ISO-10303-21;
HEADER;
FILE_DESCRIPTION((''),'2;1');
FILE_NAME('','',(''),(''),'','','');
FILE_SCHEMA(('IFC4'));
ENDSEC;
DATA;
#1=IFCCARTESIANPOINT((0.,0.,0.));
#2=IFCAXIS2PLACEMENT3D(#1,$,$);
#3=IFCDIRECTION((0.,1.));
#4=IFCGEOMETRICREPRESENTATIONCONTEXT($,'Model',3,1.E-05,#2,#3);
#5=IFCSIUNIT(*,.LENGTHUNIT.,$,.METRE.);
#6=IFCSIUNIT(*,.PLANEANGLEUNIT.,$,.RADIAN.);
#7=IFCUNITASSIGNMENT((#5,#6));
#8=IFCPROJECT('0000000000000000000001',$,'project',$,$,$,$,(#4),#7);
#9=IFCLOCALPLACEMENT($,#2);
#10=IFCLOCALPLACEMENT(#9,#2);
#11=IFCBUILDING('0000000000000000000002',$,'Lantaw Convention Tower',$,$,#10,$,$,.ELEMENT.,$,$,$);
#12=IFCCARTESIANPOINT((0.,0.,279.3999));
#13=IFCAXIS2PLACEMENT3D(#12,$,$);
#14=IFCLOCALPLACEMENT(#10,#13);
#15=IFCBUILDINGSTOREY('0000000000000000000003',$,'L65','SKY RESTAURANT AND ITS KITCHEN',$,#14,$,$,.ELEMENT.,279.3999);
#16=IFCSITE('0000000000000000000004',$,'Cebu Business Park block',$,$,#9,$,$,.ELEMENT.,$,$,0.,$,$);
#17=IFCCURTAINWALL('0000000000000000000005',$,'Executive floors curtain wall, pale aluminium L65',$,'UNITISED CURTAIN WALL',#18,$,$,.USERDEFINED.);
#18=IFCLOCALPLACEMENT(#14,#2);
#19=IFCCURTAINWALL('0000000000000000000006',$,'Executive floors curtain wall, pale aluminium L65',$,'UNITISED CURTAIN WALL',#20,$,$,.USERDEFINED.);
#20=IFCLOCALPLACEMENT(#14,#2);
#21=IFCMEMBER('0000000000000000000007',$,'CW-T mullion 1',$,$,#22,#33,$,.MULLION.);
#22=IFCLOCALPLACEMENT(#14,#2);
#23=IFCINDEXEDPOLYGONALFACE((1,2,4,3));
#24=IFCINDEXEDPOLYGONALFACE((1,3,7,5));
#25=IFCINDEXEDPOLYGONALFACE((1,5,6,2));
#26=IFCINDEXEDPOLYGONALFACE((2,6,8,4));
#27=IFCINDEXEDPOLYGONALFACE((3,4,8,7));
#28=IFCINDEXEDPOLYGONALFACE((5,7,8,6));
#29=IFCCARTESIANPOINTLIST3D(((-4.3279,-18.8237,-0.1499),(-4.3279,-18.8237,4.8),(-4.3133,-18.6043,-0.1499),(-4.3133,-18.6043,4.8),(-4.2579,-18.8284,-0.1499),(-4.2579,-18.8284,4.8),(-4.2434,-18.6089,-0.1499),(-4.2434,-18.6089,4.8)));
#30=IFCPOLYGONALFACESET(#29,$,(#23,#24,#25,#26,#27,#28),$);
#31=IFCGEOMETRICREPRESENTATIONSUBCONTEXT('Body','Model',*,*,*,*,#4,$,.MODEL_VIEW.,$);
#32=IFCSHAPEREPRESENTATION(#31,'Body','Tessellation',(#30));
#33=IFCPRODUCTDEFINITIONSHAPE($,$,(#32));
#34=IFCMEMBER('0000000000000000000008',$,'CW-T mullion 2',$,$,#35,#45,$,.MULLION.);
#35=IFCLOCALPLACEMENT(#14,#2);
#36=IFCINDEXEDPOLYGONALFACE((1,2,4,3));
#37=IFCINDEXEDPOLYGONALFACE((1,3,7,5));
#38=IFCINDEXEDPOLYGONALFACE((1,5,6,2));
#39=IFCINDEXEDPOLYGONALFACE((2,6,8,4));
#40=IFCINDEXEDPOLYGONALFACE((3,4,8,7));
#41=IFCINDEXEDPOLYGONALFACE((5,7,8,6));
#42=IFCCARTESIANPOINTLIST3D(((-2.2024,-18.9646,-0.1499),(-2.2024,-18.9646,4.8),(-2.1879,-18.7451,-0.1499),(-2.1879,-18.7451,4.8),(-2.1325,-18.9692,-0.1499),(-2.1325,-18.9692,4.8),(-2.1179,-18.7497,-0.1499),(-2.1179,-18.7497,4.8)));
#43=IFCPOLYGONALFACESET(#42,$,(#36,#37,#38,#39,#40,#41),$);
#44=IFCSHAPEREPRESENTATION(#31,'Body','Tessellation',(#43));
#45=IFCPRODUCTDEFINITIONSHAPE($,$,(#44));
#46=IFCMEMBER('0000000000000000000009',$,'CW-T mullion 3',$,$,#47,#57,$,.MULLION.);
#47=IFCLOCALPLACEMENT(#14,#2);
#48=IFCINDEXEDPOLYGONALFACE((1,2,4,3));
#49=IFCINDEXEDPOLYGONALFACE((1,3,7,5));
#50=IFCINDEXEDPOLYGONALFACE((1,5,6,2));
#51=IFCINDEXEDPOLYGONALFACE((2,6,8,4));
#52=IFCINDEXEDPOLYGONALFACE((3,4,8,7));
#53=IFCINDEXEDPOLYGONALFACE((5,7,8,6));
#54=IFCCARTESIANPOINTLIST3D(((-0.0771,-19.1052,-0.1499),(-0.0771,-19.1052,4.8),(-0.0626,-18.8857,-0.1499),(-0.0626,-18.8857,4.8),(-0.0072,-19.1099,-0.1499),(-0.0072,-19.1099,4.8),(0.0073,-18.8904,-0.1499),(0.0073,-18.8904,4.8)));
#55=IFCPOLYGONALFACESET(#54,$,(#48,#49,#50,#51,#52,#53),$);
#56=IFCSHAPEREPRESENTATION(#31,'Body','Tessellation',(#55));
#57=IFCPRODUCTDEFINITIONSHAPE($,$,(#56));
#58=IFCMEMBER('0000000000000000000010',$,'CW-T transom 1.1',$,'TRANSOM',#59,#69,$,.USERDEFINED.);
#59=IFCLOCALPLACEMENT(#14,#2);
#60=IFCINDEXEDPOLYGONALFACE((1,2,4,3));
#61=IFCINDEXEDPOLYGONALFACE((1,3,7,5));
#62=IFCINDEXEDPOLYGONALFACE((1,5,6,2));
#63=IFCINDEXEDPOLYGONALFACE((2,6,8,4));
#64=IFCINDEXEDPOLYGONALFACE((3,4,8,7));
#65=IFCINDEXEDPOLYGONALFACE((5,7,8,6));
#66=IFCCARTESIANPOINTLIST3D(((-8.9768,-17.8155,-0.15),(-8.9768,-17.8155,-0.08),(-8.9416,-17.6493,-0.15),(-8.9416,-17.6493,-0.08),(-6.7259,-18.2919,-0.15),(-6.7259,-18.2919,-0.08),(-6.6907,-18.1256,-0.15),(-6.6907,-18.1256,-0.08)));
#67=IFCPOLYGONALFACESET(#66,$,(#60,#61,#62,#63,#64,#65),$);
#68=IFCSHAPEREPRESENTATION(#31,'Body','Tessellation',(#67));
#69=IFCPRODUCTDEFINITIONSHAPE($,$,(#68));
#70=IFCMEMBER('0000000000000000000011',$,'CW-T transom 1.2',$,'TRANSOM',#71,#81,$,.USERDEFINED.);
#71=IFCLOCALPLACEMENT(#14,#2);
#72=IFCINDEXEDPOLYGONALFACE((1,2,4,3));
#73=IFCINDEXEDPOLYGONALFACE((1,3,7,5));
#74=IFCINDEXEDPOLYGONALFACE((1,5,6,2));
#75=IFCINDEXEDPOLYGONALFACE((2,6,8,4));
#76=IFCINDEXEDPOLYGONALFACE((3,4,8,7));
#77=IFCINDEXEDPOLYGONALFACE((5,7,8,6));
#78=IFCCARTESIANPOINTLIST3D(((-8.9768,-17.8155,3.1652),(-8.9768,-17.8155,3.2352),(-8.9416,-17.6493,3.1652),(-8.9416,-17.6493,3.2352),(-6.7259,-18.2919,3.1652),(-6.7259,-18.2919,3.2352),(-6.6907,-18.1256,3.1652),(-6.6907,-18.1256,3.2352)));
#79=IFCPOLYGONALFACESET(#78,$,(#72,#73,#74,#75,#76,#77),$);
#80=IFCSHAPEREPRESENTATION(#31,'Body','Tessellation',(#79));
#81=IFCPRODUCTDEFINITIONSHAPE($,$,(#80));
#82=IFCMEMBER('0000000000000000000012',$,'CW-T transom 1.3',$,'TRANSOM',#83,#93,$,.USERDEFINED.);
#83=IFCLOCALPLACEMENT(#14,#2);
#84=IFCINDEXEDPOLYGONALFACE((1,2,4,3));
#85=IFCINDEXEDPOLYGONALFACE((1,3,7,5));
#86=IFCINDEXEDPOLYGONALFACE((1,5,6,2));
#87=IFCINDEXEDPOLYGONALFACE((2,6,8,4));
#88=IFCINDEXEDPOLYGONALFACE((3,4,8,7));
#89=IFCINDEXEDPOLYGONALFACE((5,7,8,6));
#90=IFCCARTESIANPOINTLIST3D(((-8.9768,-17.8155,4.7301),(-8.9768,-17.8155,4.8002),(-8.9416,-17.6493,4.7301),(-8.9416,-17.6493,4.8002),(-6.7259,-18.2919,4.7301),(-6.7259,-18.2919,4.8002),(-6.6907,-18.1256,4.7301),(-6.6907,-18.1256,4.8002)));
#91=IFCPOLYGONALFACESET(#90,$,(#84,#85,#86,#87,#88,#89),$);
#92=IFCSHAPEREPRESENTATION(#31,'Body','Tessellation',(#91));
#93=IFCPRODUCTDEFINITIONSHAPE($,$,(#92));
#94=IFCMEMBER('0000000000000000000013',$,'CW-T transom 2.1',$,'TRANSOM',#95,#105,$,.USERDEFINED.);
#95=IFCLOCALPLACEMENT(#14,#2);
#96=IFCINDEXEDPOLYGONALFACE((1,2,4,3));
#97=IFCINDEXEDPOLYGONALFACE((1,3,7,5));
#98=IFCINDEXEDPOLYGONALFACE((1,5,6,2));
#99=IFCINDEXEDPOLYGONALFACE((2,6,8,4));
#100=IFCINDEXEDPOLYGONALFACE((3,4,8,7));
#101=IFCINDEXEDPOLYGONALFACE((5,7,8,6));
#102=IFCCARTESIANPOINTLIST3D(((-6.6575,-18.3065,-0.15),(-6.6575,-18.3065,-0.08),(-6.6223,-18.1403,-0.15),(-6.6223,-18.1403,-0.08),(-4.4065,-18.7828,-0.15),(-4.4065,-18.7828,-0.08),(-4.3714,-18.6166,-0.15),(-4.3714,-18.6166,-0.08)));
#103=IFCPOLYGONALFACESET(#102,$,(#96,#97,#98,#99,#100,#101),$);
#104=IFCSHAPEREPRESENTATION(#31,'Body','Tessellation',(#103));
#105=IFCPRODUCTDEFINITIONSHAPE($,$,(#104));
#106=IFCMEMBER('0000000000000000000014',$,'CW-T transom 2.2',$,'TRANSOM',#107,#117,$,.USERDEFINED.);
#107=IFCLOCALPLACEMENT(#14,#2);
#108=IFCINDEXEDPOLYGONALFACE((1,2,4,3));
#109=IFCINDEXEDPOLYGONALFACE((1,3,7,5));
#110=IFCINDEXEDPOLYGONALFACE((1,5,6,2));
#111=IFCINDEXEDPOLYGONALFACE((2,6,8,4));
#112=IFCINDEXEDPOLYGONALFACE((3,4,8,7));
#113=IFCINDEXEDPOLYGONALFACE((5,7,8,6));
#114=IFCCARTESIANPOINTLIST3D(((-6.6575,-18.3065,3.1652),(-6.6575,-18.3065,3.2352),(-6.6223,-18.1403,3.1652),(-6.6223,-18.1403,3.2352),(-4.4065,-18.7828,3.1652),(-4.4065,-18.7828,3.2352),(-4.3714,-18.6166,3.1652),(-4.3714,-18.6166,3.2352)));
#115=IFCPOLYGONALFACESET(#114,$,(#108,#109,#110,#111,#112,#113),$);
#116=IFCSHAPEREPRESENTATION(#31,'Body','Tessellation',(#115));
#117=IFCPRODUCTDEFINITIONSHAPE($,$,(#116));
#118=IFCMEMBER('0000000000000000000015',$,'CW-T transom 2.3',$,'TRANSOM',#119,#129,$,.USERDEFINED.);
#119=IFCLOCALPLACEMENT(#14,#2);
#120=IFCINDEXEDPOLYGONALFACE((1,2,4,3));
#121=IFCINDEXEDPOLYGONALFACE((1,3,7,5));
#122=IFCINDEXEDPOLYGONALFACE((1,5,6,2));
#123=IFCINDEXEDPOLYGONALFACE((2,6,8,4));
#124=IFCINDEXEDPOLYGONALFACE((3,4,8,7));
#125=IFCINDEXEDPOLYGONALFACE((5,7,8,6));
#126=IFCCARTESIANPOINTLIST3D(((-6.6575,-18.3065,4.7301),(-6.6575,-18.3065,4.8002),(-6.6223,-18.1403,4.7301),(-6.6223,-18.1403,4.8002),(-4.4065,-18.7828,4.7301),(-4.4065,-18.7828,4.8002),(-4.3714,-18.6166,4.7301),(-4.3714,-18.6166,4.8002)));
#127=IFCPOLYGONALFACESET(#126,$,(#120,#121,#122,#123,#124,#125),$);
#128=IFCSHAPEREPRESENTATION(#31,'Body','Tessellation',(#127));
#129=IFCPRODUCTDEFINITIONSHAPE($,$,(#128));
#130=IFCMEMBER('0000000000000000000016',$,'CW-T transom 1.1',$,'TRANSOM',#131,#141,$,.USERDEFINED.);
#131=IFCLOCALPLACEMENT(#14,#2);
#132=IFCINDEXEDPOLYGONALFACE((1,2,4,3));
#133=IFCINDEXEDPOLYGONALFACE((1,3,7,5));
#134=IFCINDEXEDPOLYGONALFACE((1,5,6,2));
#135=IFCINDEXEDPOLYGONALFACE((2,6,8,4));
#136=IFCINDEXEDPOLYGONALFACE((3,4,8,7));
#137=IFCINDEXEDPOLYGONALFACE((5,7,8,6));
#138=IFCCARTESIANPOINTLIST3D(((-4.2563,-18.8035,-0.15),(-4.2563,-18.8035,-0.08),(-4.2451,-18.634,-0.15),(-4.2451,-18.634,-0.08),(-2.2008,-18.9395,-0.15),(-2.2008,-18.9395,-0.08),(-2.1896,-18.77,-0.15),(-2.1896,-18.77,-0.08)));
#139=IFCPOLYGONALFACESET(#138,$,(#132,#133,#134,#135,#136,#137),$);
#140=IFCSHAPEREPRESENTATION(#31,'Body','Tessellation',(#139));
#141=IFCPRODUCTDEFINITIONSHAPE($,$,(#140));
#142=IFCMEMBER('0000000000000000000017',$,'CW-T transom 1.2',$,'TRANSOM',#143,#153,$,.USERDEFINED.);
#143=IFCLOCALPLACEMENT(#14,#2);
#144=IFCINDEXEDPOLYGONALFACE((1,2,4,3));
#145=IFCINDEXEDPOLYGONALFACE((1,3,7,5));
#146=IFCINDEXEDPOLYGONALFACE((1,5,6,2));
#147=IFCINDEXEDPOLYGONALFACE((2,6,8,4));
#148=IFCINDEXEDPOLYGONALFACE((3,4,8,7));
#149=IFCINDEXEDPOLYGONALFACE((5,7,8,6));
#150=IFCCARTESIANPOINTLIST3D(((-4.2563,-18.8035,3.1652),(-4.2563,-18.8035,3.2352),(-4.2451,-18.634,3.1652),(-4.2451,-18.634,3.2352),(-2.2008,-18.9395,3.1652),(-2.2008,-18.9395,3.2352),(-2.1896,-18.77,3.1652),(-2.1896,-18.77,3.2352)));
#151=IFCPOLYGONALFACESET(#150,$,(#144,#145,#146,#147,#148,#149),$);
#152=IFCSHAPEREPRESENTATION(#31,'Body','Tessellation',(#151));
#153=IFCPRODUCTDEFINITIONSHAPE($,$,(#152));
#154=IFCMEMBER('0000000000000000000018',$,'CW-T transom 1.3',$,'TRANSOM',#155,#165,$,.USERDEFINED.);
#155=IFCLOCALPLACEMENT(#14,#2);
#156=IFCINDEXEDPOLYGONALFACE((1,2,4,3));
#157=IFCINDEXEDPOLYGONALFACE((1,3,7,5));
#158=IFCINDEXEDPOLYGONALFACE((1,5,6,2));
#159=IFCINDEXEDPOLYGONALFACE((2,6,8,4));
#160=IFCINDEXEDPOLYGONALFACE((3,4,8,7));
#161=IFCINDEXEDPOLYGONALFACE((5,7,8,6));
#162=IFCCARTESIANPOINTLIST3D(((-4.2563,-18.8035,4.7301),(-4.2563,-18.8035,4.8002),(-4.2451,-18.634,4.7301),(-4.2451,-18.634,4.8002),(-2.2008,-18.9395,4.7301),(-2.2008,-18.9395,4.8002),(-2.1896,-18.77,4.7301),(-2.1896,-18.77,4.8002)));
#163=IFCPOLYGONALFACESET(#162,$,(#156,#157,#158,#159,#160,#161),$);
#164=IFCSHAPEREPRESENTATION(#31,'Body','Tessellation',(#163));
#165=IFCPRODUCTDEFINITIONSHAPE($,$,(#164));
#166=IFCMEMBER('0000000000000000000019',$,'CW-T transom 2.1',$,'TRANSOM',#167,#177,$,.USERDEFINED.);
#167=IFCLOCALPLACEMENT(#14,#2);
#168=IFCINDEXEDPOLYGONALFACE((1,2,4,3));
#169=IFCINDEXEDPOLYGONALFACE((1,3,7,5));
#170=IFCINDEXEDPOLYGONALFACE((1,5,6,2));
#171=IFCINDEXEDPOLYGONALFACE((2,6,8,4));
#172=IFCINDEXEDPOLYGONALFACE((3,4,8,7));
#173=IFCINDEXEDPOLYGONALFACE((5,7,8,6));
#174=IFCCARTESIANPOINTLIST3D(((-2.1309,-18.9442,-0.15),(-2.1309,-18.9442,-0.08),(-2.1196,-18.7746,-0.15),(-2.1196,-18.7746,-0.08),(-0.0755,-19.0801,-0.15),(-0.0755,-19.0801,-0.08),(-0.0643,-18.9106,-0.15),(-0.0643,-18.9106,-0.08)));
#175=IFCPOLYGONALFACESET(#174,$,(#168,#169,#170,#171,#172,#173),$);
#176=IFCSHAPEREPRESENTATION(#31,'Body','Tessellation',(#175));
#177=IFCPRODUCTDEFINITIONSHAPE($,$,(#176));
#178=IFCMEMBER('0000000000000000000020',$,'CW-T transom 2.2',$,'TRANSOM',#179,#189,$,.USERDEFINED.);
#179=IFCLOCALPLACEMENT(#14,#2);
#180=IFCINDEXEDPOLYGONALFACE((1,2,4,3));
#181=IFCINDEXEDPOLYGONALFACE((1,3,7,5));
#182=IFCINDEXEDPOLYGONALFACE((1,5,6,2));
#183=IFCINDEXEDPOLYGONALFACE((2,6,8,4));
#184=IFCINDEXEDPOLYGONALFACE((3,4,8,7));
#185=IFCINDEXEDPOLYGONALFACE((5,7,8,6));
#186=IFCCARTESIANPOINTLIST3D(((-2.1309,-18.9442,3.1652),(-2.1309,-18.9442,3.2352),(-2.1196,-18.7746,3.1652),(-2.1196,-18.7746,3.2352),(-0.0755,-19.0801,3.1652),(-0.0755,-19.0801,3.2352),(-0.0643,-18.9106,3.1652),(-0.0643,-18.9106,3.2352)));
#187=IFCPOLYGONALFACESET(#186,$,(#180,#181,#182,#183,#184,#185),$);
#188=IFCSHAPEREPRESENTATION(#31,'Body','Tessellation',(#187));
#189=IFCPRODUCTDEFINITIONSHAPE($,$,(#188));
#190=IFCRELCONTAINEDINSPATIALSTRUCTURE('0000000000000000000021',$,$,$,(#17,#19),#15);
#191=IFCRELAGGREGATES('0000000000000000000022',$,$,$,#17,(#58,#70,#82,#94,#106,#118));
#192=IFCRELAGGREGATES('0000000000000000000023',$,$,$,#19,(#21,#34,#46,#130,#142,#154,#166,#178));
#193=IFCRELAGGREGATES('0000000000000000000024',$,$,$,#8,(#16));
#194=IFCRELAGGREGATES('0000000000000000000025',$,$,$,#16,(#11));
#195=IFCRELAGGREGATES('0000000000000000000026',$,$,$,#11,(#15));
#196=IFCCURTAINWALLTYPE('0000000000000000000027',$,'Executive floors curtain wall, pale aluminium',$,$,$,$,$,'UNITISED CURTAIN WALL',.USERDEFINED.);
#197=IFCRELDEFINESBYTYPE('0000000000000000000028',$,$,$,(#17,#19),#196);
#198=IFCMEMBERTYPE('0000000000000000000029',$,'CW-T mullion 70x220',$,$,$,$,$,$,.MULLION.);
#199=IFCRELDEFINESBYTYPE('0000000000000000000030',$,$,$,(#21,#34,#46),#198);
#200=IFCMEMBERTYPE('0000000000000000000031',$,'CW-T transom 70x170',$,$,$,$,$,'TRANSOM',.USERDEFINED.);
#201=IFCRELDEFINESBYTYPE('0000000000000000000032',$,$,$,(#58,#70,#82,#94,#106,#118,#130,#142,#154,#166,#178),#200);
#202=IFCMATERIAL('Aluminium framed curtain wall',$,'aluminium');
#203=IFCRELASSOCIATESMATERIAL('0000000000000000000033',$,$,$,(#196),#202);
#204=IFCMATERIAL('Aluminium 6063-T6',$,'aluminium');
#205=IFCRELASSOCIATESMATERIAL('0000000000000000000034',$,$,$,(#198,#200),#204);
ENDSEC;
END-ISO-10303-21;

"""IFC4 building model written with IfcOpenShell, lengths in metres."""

from ifc_helpers import new_model, si_unit, direction, frame, origin, origin_2d, place, context, subcontext, project, spatial, rectangle, extrude, material, material_profile, profile_set, type_object, element, aggregate, save


model = new_model("IFC4")

# Units and contexts
model_context = context("Model", 3, precision=1e-05, world=origin(), true_north=direction((0.0, 1.0)))
body_context = subcontext(model_context, "Body", "Model", "MODEL_VIEW")
ifc_project = project(units=[si_unit("LENGTHUNIT", "METRE"), si_unit("PLANEANGLEUNIT", "RADIAN")], contexts=[model_context])

# Site, building, storey
site_placement = place(None, origin())
site = spatial("IfcSite", under=ifc_project, at=site_placement, Name="Cebu Business Park block", CompositionType="ELEMENT", RefElevation=0.0)
building_placement = place(site_placement, origin())
building = spatial("IfcBuilding", under=site, at=building_placement, Name="Lantaw Convention Tower", CompositionType="ELEMENT")
storey_placement = place(building_placement, frame((0.0, 0.0, 279.3999)))
storey = spatial("IfcBuildingStorey", under=building, at=storey_placement, Name="L65", Description="SKY RESTAURANT AND ITS KITCHEN", CompositionType="ELEMENT", Elevation=279.3999)

# Shared definitions
ifc_material_1 = material(Name="Aluminium framed curtain wall", Category="aluminium")
curtain_wall_type = type_object("IfcCurtainWallType", Name="Executive floors curtain wall, pale aluminium", ElementType="UNITISED CURTAIN WALL", PredefinedType="USERDEFINED", material=ifc_material_1)
ifc_material_2 = material(Name="Aluminium 6063-T6", Category="aluminium")
ifc_material_profile_1 = material_profile(ifc_material_2, rectangle(XDim=0.22, YDim=0.0701, at=origin_2d()), Name="CW-T mullion 70x220")
ifc_profile_set_1 = profile_set([ifc_material_profile_1], Name="Aluminium 6063-T6")
member_type_1 = type_object("IfcMemberType", Name="CW-T mullion 70x220", PredefinedType="MULLION", material=ifc_profile_set_1)

# Curtain walls, members
curtain_wall_1_placement = place(storey_placement, origin())
curtain_wall_1 = element("IfcCurtainWall", 1, at=curtain_wall_1_placement, inside=storey, type_object=curtain_wall_type, Name="Executive floors curtain wall, pale aluminium L65", ObjectType="UNITISED CURTAIN WALL", PredefinedType="USERDEFINED")
curtain_wall_2_placement = place(storey_placement, origin())
curtain_wall_2 = element("IfcCurtainWall", 2, at=curtain_wall_2_placement, inside=storey, type_object=curtain_wall_type, Name="Executive floors curtain wall, pale aluminium L65", ObjectType="UNITISED CURTAIN WALL", PredefinedType="USERDEFINED")
member_1_placement = place(storey_placement, frame((-4.2856, -18.7163, -0.1499), z_axis=(0.0, 0.0, 1.0), x_axis=(0.066025, 0.997818, 0.0)))
member_1 = element("IfcMember", 3, at=member_1_placement, type_object=member_type_1, Name="CW-T mullion 1", PredefinedType="MULLION", context=body_context, shape_type="SweptSolid", body=[
    extrude(rectangle(XDim=0.22, YDim=0.0701, at=origin_2d()), origin(), (0.0, 0.0, 1.0), 4.95),
])
member_2_placement = place(storey_placement, frame((-2.1602, -18.8572, -0.1499), z_axis=(0.0, 0.0, 1.0), x_axis=(0.066025, 0.997818, 0.0)))
member_2 = element("IfcMember", 4, at=member_2_placement, type_object=member_type_1, Name="CW-T mullion 2", PredefinedType="MULLION", context=body_context, shape_type="SweptSolid", body=[
    extrude(rectangle(XDim=0.22, YDim=0.0701, at=origin_2d()), origin(), (0.0, 0.0, 1.0), 4.95),
])
member_3_placement = place(storey_placement, frame((-0.0349, -18.9978, -0.1499), z_axis=(0.0, 0.0, 1.0), x_axis=(0.066025, 0.997818, 0.0)))
member_3 = element("IfcMember", 5, at=member_3_placement, type_object=member_type_1, Name="CW-T mullion 3", PredefinedType="MULLION", context=body_context, shape_type="SweptSolid", body=[
    extrude(rectangle(XDim=0.22, YDim=0.0701, at=origin_2d()), origin(), (0.0, 0.0, 1.0), 4.95),
])

# Members
ifc_material_profile_2 = material_profile(ifc_material_2, rectangle(XDim=0.1699, YDim=0.0701, at=origin_2d()), Name="CW-T transom 70x170")
ifc_profile_set_2 = profile_set([ifc_material_profile_2], Name="Aluminium 6063-T6")
member_type_2 = type_object("IfcMemberType", Name="CW-T transom 70x170", ElementType="TRANSOM", PredefinedType="USERDEFINED", material=ifc_profile_set_2)
member_4_placement = place(storey_placement, frame((-8.9592, -17.7324, -0.115), z_axis=(0.978336, -0.207021, 0.0), x_axis=(0.207021, 0.978336, 0.0)))
member_4 = element("IfcMember", 6, at=member_4_placement, type_object=member_type_2, Name="CW-T transom 1.1", ObjectType="TRANSOM", PredefinedType="USERDEFINED", context=body_context, shape_type="SweptSolid", body=[
    extrude(rectangle(XDim=0.1699, YDim=0.0701, at=origin_2d()), origin(), (0.0, 0.0, 1.0), 2.3008),
])
member_5_placement = place(storey_placement, frame((-8.9592, -17.7324, 3.2002), z_axis=(0.978336, -0.207021, 0.0), x_axis=(0.207021, 0.978336, 0.0)))
member_5 = element("IfcMember", 7, at=member_5_placement, type_object=member_type_2, Name="CW-T transom 1.2", ObjectType="TRANSOM", PredefinedType="USERDEFINED", context=body_context, shape_type="SweptSolid", body=[
    extrude(rectangle(XDim=0.1699, YDim=0.0701, at=origin_2d()), origin(), (0.0, 0.0, 1.0), 2.3008),
])
member_6_placement = place(storey_placement, frame((-8.9592, -17.7324, 4.7651), z_axis=(0.978336, -0.207021, 0.0), x_axis=(0.207021, 0.978336, 0.0)))
member_6 = element("IfcMember", 8, at=member_6_placement, type_object=member_type_2, Name="CW-T transom 1.3", ObjectType="TRANSOM", PredefinedType="USERDEFINED", context=body_context, shape_type="SweptSolid", body=[
    extrude(rectangle(XDim=0.1699, YDim=0.0701, at=origin_2d()), origin(), (0.0, 0.0, 1.0), 2.3008),
])
member_7_placement = place(storey_placement, frame((-6.6399, -18.2234, -0.115), z_axis=(0.978336, -0.207021, 0.0), x_axis=(0.207021, 0.978336, 0.0)))
member_7 = element("IfcMember", 9, at=member_7_placement, type_object=member_type_2, Name="CW-T transom 2.1", ObjectType="TRANSOM", PredefinedType="USERDEFINED", context=body_context, shape_type="SweptSolid", body=[
    extrude(rectangle(XDim=0.1699, YDim=0.0701, at=origin_2d()), origin(), (0.0, 0.0, 1.0), 2.3008),
])
member_8_placement = place(storey_placement, frame((-6.6399, -18.2234, 3.2002), z_axis=(0.978336, -0.207021, 0.0), x_axis=(0.207021, 0.978336, 0.0)))
member_8 = element("IfcMember", 10, at=member_8_placement, type_object=member_type_2, Name="CW-T transom 2.2", ObjectType="TRANSOM", PredefinedType="USERDEFINED", context=body_context, shape_type="SweptSolid", body=[
    extrude(rectangle(XDim=0.1699, YDim=0.0701, at=origin_2d()), origin(), (0.0, 0.0, 1.0), 2.3008),
])
member_9_placement = place(storey_placement, frame((-6.6399, -18.2234, 4.7651), z_axis=(0.978336, -0.207021, 0.0), x_axis=(0.207021, 0.978336, 0.0)))
member_9 = element("IfcMember", 11, at=member_9_placement, type_object=member_type_2, Name="CW-T transom 2.3", ObjectType="TRANSOM", PredefinedType="USERDEFINED", context=body_context, shape_type="SweptSolid", body=[
    extrude(rectangle(XDim=0.1699, YDim=0.0701, at=origin_2d()), origin(), (0.0, 0.0, 1.0), 2.3008),
])
member_10_placement = place(storey_placement, frame((-4.2507, -18.7188, -0.115), z_axis=(0.997819, -0.066008, 0.0), x_axis=(0.066008, 0.997819, 0.0)))
member_10 = element("IfcMember", 12, at=member_10_placement, type_object=member_type_2, Name="CW-T transom 1.1", ObjectType="TRANSOM", PredefinedType="USERDEFINED", context=body_context, shape_type="SweptSolid", body=[
    extrude(rectangle(XDim=0.1699, YDim=0.0701, at=origin_2d()), origin(), (0.0, 0.0, 1.0), 2.0601),
])
member_11_placement = place(storey_placement, frame((-4.2507, -18.7188, 3.2002), z_axis=(0.997819, -0.066008, 0.0), x_axis=(0.066008, 0.997819, 0.0)))
member_11 = element("IfcMember", 13, at=member_11_placement, type_object=member_type_2, Name="CW-T transom 1.2", ObjectType="TRANSOM", PredefinedType="USERDEFINED", context=body_context, shape_type="SweptSolid", body=[
    extrude(rectangle(XDim=0.1699, YDim=0.0701, at=origin_2d()), origin(), (0.0, 0.0, 1.0), 2.0601),
])
member_12_placement = place(storey_placement, frame((-4.2507, -18.7188, 4.7651), z_axis=(0.997819, -0.066008, 0.0), x_axis=(0.066008, 0.997819, 0.0)))
member_12 = element("IfcMember", 14, at=member_12_placement, type_object=member_type_2, Name="CW-T transom 1.3", ObjectType="TRANSOM", PredefinedType="USERDEFINED", context=body_context, shape_type="SweptSolid", body=[
    extrude(rectangle(XDim=0.1699, YDim=0.0701, at=origin_2d()), origin(), (0.0, 0.0, 1.0), 2.0601),
])
member_13_placement = place(storey_placement, frame((-2.1252, -18.8594, -0.115), z_axis=(0.997819, -0.066016, 0.0), x_axis=(0.066016, 0.997819, 0.0)))
member_13 = element("IfcMember", 15, at=member_13_placement, type_object=member_type_2, Name="CW-T transom 2.1", ObjectType="TRANSOM", PredefinedType="USERDEFINED", context=body_context, shape_type="SweptSolid", body=[
    extrude(rectangle(XDim=0.1699, YDim=0.0701, at=origin_2d()), origin(), (0.0, 0.0, 1.0), 2.0598),
])
member_14_placement = place(storey_placement, frame((-2.1252, -18.8594, 3.2002), z_axis=(0.997819, -0.066016, 0.0), x_axis=(0.066016, 0.997819, 0.0)))
member_14 = element("IfcMember", 16, at=member_14_placement, type_object=member_type_2, Name="CW-T transom 2.2", ObjectType="TRANSOM", PredefinedType="USERDEFINED", context=body_context, shape_type="SweptSolid", body=[
    extrude(rectangle(XDim=0.1699, YDim=0.0701, at=origin_2d()), origin(), (0.0, 0.0, 1.0), 2.0598),
])

aggregate(curtain_wall_1, [member_4, member_5, member_6, member_7, member_8, member_9])
aggregate(curtain_wall_2, [member_1, member_2, member_3, member_10, member_11, member_12, member_13, member_14])

save(model, "model.ifc")
